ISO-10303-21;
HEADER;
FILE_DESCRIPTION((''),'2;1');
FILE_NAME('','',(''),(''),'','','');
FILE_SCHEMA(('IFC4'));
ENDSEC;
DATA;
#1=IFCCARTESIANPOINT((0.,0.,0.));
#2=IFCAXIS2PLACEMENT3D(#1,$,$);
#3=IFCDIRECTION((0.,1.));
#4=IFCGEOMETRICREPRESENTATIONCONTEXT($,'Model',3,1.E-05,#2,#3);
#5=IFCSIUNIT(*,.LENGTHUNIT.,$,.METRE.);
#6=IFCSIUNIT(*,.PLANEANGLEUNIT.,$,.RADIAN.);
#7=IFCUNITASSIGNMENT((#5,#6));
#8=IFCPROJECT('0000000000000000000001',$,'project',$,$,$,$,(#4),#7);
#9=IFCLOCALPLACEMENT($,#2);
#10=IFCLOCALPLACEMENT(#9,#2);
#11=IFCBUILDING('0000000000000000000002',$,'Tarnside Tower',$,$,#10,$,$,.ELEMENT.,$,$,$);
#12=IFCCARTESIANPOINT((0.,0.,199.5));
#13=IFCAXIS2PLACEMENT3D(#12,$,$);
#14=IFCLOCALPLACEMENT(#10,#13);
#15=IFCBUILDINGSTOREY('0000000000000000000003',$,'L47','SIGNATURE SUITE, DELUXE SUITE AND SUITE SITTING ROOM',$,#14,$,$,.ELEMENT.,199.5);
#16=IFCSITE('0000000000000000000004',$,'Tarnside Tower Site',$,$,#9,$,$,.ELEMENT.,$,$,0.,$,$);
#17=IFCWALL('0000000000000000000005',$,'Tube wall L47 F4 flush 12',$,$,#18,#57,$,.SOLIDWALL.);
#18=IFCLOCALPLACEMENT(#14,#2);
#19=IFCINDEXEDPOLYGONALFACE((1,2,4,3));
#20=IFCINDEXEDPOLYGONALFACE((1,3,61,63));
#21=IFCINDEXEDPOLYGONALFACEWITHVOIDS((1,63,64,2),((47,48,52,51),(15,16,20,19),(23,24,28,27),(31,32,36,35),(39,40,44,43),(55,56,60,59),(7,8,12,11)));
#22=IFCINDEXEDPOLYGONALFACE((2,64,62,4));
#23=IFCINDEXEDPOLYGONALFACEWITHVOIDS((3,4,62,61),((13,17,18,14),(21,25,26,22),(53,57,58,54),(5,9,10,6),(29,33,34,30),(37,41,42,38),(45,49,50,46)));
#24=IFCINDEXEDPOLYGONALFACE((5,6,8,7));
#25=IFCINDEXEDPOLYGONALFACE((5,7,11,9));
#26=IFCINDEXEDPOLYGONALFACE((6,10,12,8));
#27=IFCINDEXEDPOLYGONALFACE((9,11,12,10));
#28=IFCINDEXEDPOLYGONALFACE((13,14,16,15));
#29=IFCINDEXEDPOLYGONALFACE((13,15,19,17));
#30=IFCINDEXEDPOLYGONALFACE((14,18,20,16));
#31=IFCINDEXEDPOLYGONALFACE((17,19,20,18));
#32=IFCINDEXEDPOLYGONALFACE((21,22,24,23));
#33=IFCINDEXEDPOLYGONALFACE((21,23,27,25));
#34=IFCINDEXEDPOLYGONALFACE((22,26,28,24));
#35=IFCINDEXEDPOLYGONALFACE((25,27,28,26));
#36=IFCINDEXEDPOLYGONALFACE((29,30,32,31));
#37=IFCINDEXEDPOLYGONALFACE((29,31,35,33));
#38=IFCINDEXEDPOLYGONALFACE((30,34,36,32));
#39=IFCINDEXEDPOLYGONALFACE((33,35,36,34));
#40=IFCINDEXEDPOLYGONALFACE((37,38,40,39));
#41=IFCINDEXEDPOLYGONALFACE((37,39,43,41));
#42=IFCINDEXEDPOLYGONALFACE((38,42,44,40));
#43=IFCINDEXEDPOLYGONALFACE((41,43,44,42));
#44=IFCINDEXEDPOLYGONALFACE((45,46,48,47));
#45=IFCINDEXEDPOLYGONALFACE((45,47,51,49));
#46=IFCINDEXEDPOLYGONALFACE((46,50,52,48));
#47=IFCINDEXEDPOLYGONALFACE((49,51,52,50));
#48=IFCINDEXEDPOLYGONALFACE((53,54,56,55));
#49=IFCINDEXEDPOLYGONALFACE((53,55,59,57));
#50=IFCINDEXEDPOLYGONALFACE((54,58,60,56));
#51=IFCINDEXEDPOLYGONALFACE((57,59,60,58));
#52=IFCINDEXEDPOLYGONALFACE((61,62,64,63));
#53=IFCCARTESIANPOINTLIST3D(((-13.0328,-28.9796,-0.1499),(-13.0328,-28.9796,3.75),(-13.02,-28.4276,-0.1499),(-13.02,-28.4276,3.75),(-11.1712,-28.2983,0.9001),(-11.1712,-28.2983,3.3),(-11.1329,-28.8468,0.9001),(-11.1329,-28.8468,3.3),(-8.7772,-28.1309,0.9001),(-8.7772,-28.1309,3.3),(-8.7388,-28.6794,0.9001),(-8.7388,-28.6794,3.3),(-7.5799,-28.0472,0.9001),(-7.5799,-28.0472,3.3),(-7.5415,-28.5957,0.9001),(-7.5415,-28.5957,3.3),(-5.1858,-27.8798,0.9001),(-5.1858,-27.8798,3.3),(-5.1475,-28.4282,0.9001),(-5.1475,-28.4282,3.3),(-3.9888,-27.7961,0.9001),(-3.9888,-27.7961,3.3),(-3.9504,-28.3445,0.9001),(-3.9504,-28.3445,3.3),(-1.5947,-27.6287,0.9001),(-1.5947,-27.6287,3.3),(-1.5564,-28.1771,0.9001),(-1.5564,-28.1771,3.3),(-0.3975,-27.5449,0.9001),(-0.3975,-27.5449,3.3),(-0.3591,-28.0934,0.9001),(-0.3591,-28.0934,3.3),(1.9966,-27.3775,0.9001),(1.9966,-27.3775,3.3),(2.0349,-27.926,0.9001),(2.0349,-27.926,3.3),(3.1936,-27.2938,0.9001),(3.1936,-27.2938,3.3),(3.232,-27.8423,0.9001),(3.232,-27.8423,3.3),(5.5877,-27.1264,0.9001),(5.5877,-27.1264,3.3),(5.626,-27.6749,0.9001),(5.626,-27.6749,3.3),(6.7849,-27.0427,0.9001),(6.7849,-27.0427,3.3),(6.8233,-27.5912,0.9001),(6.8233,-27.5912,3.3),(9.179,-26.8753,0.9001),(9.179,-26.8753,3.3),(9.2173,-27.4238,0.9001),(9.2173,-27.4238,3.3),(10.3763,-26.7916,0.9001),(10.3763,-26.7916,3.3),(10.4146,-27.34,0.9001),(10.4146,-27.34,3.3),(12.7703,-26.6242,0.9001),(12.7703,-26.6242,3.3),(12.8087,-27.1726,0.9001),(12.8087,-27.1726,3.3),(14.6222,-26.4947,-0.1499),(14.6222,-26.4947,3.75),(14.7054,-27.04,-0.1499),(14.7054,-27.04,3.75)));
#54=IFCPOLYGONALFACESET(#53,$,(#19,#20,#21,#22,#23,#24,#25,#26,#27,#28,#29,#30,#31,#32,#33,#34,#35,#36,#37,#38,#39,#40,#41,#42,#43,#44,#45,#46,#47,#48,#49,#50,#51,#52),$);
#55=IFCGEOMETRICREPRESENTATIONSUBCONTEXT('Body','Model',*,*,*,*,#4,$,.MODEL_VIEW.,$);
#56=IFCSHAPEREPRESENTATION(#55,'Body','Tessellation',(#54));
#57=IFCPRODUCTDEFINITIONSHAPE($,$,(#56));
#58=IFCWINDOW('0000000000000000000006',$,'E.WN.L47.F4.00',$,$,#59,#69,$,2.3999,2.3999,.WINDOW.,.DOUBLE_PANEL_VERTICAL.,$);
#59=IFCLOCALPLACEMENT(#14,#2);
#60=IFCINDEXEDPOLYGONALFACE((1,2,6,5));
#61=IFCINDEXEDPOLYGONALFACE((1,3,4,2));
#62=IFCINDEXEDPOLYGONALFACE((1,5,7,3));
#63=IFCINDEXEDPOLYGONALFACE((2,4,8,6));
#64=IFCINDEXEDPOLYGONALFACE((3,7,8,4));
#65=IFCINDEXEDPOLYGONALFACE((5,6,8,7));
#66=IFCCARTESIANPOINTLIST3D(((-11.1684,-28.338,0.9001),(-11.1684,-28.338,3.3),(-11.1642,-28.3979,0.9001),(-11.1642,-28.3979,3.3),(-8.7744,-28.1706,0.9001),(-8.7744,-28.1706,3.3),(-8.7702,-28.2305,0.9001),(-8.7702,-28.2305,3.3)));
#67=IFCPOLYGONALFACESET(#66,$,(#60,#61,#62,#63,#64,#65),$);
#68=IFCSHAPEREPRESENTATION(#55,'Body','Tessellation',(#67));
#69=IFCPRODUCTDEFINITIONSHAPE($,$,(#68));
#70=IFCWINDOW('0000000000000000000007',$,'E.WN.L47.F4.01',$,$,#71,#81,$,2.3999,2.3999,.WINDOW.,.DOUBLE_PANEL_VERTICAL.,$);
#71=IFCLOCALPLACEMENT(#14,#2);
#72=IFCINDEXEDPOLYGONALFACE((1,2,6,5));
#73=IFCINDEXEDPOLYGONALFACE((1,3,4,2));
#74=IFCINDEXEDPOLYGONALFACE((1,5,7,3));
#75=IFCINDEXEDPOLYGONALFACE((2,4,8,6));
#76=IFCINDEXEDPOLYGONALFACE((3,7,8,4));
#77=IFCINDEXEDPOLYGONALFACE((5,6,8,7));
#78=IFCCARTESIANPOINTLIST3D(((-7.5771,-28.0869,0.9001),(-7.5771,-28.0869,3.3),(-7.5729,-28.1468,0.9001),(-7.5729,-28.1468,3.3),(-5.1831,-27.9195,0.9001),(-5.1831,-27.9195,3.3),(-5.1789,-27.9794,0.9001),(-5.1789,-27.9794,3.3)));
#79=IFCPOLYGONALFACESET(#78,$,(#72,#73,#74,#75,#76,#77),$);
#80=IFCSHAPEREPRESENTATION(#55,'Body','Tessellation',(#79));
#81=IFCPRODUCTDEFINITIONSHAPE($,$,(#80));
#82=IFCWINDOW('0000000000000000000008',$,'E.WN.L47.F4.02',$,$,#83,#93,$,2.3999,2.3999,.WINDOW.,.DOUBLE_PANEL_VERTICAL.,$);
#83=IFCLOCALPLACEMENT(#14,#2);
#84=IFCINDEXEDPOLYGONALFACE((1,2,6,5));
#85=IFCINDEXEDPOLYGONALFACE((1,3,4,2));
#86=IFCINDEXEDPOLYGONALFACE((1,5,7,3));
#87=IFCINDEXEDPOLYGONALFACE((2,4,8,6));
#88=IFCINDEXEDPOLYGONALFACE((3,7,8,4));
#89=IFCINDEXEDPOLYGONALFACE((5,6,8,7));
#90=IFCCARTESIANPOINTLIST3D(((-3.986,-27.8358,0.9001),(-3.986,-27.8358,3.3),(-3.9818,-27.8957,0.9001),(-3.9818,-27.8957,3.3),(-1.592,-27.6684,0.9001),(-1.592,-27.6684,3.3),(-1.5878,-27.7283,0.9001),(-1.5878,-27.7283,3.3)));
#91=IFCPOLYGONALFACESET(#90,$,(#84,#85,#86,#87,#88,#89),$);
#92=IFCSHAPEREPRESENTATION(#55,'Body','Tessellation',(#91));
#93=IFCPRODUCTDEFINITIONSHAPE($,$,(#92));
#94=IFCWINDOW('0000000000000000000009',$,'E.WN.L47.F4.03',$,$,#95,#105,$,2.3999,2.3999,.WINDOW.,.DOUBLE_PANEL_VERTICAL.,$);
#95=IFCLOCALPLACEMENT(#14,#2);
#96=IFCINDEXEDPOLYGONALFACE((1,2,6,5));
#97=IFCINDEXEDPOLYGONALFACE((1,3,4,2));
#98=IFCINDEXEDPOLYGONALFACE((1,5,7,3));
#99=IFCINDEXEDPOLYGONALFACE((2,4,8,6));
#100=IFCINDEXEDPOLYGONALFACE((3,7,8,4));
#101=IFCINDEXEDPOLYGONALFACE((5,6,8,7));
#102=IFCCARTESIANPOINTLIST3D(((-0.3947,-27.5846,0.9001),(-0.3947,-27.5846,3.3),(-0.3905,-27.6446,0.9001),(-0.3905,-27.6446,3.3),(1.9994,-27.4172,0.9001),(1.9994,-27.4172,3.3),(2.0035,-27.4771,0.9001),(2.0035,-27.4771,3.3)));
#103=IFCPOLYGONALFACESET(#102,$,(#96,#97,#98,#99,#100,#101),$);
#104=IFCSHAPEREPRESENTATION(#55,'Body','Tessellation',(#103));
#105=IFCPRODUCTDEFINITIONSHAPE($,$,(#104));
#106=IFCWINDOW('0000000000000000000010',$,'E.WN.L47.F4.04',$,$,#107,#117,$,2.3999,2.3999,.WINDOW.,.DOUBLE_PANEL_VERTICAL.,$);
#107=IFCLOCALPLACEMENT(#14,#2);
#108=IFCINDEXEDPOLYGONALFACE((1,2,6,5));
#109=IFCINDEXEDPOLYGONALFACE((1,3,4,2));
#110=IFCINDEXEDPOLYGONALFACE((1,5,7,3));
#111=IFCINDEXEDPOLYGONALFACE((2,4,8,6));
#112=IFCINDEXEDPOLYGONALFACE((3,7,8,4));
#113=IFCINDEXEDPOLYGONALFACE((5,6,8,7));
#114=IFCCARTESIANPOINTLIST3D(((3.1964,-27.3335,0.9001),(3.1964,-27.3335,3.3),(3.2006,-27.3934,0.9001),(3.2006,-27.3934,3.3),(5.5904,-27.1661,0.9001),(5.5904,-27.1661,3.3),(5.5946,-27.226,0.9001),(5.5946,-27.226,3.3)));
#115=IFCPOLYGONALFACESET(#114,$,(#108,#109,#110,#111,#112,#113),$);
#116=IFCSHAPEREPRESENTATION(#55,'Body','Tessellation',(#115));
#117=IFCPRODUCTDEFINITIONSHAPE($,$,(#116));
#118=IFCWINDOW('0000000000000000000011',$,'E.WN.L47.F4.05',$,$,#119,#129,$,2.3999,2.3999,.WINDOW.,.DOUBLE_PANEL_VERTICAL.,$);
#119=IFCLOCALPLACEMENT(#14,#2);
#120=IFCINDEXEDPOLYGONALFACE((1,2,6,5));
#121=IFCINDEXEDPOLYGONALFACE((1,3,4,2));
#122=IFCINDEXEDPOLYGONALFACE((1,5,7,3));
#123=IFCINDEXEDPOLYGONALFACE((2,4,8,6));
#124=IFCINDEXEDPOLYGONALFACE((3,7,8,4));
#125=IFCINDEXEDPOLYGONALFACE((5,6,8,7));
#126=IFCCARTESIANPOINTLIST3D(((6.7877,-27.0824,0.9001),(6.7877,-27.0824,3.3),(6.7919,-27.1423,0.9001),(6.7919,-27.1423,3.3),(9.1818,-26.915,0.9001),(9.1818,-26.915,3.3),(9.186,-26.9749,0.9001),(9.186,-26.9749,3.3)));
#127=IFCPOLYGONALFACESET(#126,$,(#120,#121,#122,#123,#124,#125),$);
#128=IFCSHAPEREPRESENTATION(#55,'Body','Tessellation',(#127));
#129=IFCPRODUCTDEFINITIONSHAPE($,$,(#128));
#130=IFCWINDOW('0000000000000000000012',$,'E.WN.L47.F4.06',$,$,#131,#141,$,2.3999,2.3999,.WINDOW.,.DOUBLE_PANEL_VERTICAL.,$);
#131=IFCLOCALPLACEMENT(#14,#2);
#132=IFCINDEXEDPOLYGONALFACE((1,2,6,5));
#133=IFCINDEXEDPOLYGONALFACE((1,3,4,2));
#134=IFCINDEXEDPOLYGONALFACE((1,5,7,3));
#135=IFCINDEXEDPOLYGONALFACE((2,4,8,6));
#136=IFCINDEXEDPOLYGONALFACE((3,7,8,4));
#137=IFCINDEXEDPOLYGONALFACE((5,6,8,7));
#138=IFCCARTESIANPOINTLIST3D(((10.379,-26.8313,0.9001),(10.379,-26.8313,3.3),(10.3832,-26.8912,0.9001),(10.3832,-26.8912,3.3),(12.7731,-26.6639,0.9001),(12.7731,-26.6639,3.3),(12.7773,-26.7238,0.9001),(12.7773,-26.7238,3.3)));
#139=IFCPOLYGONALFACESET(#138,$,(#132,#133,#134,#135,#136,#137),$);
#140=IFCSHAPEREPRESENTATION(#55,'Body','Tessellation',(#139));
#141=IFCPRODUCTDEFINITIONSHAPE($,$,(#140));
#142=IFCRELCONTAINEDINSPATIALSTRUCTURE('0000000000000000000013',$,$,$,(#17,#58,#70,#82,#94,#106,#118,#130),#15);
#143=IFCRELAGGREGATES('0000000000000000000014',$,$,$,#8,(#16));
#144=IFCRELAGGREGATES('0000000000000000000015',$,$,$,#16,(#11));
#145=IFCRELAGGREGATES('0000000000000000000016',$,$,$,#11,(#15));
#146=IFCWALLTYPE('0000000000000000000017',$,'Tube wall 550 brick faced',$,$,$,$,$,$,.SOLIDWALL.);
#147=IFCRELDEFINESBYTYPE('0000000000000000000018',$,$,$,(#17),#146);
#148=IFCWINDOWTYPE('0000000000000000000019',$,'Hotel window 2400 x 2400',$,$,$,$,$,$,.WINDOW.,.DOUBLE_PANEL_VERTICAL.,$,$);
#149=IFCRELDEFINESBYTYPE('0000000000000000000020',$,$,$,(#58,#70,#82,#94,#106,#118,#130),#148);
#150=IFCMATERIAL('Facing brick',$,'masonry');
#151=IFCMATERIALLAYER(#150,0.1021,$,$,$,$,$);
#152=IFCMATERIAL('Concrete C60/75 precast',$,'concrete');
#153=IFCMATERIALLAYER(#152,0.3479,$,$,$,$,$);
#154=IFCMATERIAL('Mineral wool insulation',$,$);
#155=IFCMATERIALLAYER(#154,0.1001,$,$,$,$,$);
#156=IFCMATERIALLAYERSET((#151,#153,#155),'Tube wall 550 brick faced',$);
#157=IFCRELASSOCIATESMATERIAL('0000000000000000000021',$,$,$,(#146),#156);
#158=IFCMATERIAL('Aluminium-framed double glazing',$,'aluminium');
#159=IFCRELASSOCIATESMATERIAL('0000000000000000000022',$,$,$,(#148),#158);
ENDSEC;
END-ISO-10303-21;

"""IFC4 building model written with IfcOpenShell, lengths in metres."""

from ifc_helpers import new_model, si_unit, direction, frame, frame_2d, origin, place, context, subcontext, project, spatial, polyline, rectangle, outline, extrude, material, layer, layer_set, type_object, element, fill, save


model = new_model("IFC4")

# Units and contexts
model_context = context("Model", 3, precision=1e-05, world=origin(), true_north=direction((0.0, 1.0)))
body_context = subcontext(model_context, "Body", "Model", "MODEL_VIEW")
ifc_project = project(units=[si_unit("LENGTHUNIT", "METRE"), si_unit("PLANEANGLEUNIT", "RADIAN")], contexts=[model_context])

# Site, building, storey
site_placement = place(None, origin())
site = spatial("IfcSite", under=ifc_project, at=site_placement, Name="Tarnside Tower Site", CompositionType="ELEMENT", RefElevation=0.0)
building_placement = place(site_placement, origin())
building = spatial("IfcBuilding", under=site, at=building_placement, Name="Tarnside Tower", CompositionType="ELEMENT")
storey_placement = place(building_placement, frame((0.0, 0.0, 199.5)))
storey = spatial("IfcBuildingStorey", under=building, at=storey_placement, Name="L47", Description="SIGNATURE SUITE, DELUXE SUITE AND SUITE SITTING ROOM", CompositionType="ELEMENT", Elevation=199.5)

# Shared definitions
ifc_material_1 = material(Name="Facing brick", Category="masonry")
ifc_layer_1 = layer(ifc_material_1, 0.1021)
ifc_material_2 = material(Name="Concrete C60/75 precast", Category="concrete")
ifc_layer_2 = layer(ifc_material_2, 0.3479)
ifc_material_3 = material(Name="Mineral wool insulation")
ifc_layer_3 = layer(ifc_material_3, 0.1001)
ifc_layer_set_1 = layer_set([ifc_layer_1, ifc_layer_2, ifc_layer_3], Name="Tube wall 550 brick faced")
wall_type_1 = type_object("IfcWallType", Name="Tube wall 550 brick faced", PredefinedType="SOLIDWALL", material=ifc_layer_set_1)

# Wall, openings, windows
wall_1_placement = place(storey_placement, frame((-13.0264, -28.7036, -0.1499), z_axis=(0.0, 0.0, 1.0), x_axis=(0.997564, 0.069756, 0.0)))
wall_1 = element("IfcWall", 1, at=wall_1_placement, inside=storey, type_object=wall_type_1, Name="Tube wall L47 F4 flush 12", PredefinedType="SOLIDWALL", context=body_context, shape_type="SweptSolid", body=[
    extrude(outline(polyline([(-0.0256, -0.2749), (27.7803, -0.2749), (27.7354, 0.2749), (0.0256, 0.2749), (-0.0256, -0.2749)])), origin(), (0.0, 0.0, 1.0), 3.8999),
])
opening_1_placement = place(wall_1_placement, frame((1.8789, 0.0, 1.05)))
opening_1 = element("IfcOpeningElement", 2, at=opening_1_placement, cuts=wall_1, PredefinedType="OPENING", context=body_context, shape_type="SweptSolid", body=[
    extrude(rectangle(XDim=2.3999, YDim=2.3999, at=frame_2d((1.2, 1.2))), frame((0.0, 0.2852, 0.0), z_axis=(0.0, -1.0, 0.0), x_axis=(1.0, 0.0, 0.0)), (0.0, 0.0, 1.0), 0.5701),
])
opening_2_placement = place(wall_1_placement, frame((5.479, 0.0, 1.05)))
opening_2 = element("IfcOpeningElement", 3, at=opening_2_placement, cuts=wall_1, PredefinedType="OPENING", context=body_context, shape_type="SweptSolid", body=[
    extrude(rectangle(XDim=2.3999, YDim=2.3999, at=frame_2d((1.2, 1.2))), frame((0.0, 0.2852, 0.0), z_axis=(0.0, -1.0, 0.0), x_axis=(1.0, 0.0, 0.0)), (0.0, 0.0, 1.0), 0.5701),
])
opening_3_placement = place(wall_1_placement, frame((9.0789, 0.0, 1.05)))
opening_3 = element("IfcOpeningElement", 4, at=opening_3_placement, cuts=wall_1, PredefinedType="OPENING", context=body_context, shape_type="SweptSolid", body=[
    extrude(rectangle(XDim=2.3999, YDim=2.3999, at=frame_2d((1.2, 1.2))), frame((0.0, 0.2852, 0.0), z_axis=(0.0, -1.0, 0.0), x_axis=(1.0, 0.0, 0.0)), (0.0, 0.0, 1.0), 0.5701),
])
opening_4_placement = place(wall_1_placement, frame((12.679, 0.0, 1.05)))
opening_4 = element("IfcOpeningElement", 5, at=opening_4_placement, cuts=wall_1, PredefinedType="OPENING", context=body_context, shape_type="SweptSolid", body=[
    extrude(rectangle(XDim=2.3999, YDim=2.3999, at=frame_2d((1.2, 1.2))), frame((0.0, 0.2852, 0.0), z_axis=(0.0, -1.0, 0.0), x_axis=(1.0, 0.0, 0.0)), (0.0, 0.0, 1.0), 0.5701),
])
opening_5_placement = place(wall_1_placement, frame((16.2788, 0.0, 1.05)))
opening_5 = element("IfcOpeningElement", 6, at=opening_5_placement, cuts=wall_1, PredefinedType="OPENING", context=body_context, shape_type="SweptSolid", body=[
    extrude(rectangle(XDim=2.3999, YDim=2.3999, at=frame_2d((1.2, 1.2))), frame((0.0, 0.2852, 0.0), z_axis=(0.0, -1.0, 0.0), x_axis=(1.0, 0.0, 0.0)), (0.0, 0.0, 1.0), 0.5701),
])
opening_6_placement = place(wall_1_placement, frame((19.8789, 0.0, 1.05)))
opening_6 = element("IfcOpeningElement", 7, at=opening_6_placement, cuts=wall_1, PredefinedType="OPENING", context=body_context, shape_type="SweptSolid", body=[
    extrude(rectangle(XDim=2.3999, YDim=2.3999, at=frame_2d((1.2, 1.2))), frame((0.0, 0.2852, 0.0), z_axis=(0.0, -1.0, 0.0), x_axis=(1.0, 0.0, 0.0)), (0.0, 0.0, 1.0), 0.5701),
])
opening_7_placement = place(wall_1_placement, frame((23.479, 0.0, 1.05)))
opening_7 = element("IfcOpeningElement", 8, at=opening_7_placement, cuts=wall_1, PredefinedType="OPENING", context=body_context, shape_type="SweptSolid", body=[
    extrude(rectangle(XDim=2.3999, YDim=2.3999, at=frame_2d((1.2, 1.2))), frame((0.0, 0.2852, 0.0), z_axis=(0.0, -1.0, 0.0), x_axis=(1.0, 0.0, 0.0)), (0.0, 0.0, 1.0), 0.5701),
])
ifc_material_4 = material(Name="Aluminium-framed double glazing", Category="aluminium")
window_type = type_object("IfcWindowType", Name="Hotel window 2400 x 2400", PartitioningType="DOUBLE_PANEL_VERTICAL", PredefinedType="WINDOW", material=ifc_material_4)
window_1_placement = place(opening_1_placement, frame((0.0, 0.2051, 0.0)))
window_1 = element("IfcWindow", 9, at=window_1_placement, inside=storey, type_object=window_type, Name="E.WN.L47.F4.00", OverallHeight=2.3999, OverallWidth=2.3999, PartitioningType="DOUBLE_PANEL_VERTICAL", PredefinedType="WINDOW", context=body_context, shape_type="SweptSolid", body=[
    extrude(rectangle(XDim=2.3999, YDim=2.3999, at=frame_2d((1.2, 1.2))), frame((0.0, 0.03, 0.0), z_axis=(0.0, -1.0, 0.0), x_axis=(1.0, 0.0, 0.0)), (0.0, 0.0, 1.0), 0.0601),
])
fill(opening_1, window_1)
window_2_placement = place(opening_2_placement, frame((0.0, 0.2051, 0.0)))
window_2 = element("IfcWindow", 10, at=window_2_placement, inside=storey, type_object=window_type, Name="E.WN.L47.F4.01", OverallHeight=2.3999, OverallWidth=2.3999, PartitioningType="DOUBLE_PANEL_VERTICAL", PredefinedType="WINDOW", context=body_context, shape_type="SweptSolid", body=[
    extrude(rectangle(XDim=2.3999, YDim=2.3999, at=frame_2d((1.2, 1.2))), frame((0.0, 0.03, 0.0), z_axis=(0.0, -1.0, 0.0), x_axis=(1.0, 0.0, 0.0)), (0.0, 0.0, 1.0), 0.0601),
])
fill(opening_2, window_2)
window_3_placement = place(opening_3_placement, frame((0.0, 0.2051, 0.0)))
window_3 = element("IfcWindow", 11, at=window_3_placement, inside=storey, type_object=window_type, Name="E.WN.L47.F4.02", OverallHeight=2.3999, OverallWidth=2.3999, PartitioningType="DOUBLE_PANEL_VERTICAL", PredefinedType="WINDOW", context=body_context, shape_type="SweptSolid", body=[
    extrude(rectangle(XDim=2.3999, YDim=2.3999, at=frame_2d((1.2, 1.2))), frame((0.0, 0.03, 0.0), z_axis=(0.0, -1.0, 0.0), x_axis=(1.0, 0.0, 0.0)), (0.0, 0.0, 1.0), 0.0601),
])
fill(opening_3, window_3)
window_4_placement = place(opening_4_placement, frame((0.0, 0.2051, 0.0)))
window_4 = element("IfcWindow", 12, at=window_4_placement, inside=storey, type_object=window_type, Name="E.WN.L47.F4.03", OverallHeight=2.3999, OverallWidth=2.3999, PartitioningType="DOUBLE_PANEL_VERTICAL", PredefinedType="WINDOW", context=body_context, shape_type="SweptSolid", body=[
    extrude(rectangle(XDim=2.3999, YDim=2.3999, at=frame_2d((1.2, 1.2))), frame((0.0, 0.03, 0.0), z_axis=(0.0, -1.0, 0.0), x_axis=(1.0, 0.0, 0.0)), (0.0, 0.0, 1.0), 0.0601),
])
fill(opening_4, window_4)
window_5_placement = place(opening_5_placement, frame((0.0, 0.2051, 0.0)))
window_5 = element("IfcWindow", 13, at=window_5_placement, inside=storey, type_object=window_type, Name="E.WN.L47.F4.04", OverallHeight=2.3999, OverallWidth=2.3999, PartitioningType="DOUBLE_PANEL_VERTICAL", PredefinedType="WINDOW", context=body_context, shape_type="SweptSolid", body=[
    extrude(rectangle(XDim=2.3999, YDim=2.3999, at=frame_2d((1.2, 1.2))), frame((0.0, 0.03, 0.0), z_axis=(0.0, -1.0, 0.0), x_axis=(1.0, 0.0, 0.0)), (0.0, 0.0, 1.0), 0.0601),
])
fill(opening_5, window_5)
window_6_placement = place(opening_6_placement, frame((0.0, 0.2051, 0.0)))
window_6 = element("IfcWindow", 14, at=window_6_placement, inside=storey, type_object=window_type, Name="E.WN.L47.F4.05", OverallHeight=2.3999, OverallWidth=2.3999, PartitioningType="DOUBLE_PANEL_VERTICAL", PredefinedType="WINDOW", context=body_context, shape_type="SweptSolid", body=[
    extrude(rectangle(XDim=2.3999, YDim=2.3999, at=frame_2d((1.2, 1.2))), frame((0.0, 0.03, 0.0), z_axis=(0.0, -1.0, 0.0), x_axis=(1.0, 0.0, 0.0)), (0.0, 0.0, 1.0), 0.0601),
])
fill(opening_6, window_6)
window_7_placement = place(opening_7_placement, frame((0.0, 0.2051, 0.0)))
window_7 = element("IfcWindow", 15, at=window_7_placement, inside=storey, type_object=window_type, Name="E.WN.L47.F4.06", OverallHeight=2.3999, OverallWidth=2.3999, PartitioningType="DOUBLE_PANEL_VERTICAL", PredefinedType="WINDOW", context=body_context, shape_type="SweptSolid", body=[
    extrude(rectangle(XDim=2.3999, YDim=2.3999, at=frame_2d((1.2, 1.2))), frame((0.0, 0.03, 0.0), z_axis=(0.0, -1.0, 0.0), x_axis=(1.0, 0.0, 0.0)), (0.0, 0.0, 1.0), 0.0601),
])
fill(opening_7, window_7)

save(model, "model.ifc")
